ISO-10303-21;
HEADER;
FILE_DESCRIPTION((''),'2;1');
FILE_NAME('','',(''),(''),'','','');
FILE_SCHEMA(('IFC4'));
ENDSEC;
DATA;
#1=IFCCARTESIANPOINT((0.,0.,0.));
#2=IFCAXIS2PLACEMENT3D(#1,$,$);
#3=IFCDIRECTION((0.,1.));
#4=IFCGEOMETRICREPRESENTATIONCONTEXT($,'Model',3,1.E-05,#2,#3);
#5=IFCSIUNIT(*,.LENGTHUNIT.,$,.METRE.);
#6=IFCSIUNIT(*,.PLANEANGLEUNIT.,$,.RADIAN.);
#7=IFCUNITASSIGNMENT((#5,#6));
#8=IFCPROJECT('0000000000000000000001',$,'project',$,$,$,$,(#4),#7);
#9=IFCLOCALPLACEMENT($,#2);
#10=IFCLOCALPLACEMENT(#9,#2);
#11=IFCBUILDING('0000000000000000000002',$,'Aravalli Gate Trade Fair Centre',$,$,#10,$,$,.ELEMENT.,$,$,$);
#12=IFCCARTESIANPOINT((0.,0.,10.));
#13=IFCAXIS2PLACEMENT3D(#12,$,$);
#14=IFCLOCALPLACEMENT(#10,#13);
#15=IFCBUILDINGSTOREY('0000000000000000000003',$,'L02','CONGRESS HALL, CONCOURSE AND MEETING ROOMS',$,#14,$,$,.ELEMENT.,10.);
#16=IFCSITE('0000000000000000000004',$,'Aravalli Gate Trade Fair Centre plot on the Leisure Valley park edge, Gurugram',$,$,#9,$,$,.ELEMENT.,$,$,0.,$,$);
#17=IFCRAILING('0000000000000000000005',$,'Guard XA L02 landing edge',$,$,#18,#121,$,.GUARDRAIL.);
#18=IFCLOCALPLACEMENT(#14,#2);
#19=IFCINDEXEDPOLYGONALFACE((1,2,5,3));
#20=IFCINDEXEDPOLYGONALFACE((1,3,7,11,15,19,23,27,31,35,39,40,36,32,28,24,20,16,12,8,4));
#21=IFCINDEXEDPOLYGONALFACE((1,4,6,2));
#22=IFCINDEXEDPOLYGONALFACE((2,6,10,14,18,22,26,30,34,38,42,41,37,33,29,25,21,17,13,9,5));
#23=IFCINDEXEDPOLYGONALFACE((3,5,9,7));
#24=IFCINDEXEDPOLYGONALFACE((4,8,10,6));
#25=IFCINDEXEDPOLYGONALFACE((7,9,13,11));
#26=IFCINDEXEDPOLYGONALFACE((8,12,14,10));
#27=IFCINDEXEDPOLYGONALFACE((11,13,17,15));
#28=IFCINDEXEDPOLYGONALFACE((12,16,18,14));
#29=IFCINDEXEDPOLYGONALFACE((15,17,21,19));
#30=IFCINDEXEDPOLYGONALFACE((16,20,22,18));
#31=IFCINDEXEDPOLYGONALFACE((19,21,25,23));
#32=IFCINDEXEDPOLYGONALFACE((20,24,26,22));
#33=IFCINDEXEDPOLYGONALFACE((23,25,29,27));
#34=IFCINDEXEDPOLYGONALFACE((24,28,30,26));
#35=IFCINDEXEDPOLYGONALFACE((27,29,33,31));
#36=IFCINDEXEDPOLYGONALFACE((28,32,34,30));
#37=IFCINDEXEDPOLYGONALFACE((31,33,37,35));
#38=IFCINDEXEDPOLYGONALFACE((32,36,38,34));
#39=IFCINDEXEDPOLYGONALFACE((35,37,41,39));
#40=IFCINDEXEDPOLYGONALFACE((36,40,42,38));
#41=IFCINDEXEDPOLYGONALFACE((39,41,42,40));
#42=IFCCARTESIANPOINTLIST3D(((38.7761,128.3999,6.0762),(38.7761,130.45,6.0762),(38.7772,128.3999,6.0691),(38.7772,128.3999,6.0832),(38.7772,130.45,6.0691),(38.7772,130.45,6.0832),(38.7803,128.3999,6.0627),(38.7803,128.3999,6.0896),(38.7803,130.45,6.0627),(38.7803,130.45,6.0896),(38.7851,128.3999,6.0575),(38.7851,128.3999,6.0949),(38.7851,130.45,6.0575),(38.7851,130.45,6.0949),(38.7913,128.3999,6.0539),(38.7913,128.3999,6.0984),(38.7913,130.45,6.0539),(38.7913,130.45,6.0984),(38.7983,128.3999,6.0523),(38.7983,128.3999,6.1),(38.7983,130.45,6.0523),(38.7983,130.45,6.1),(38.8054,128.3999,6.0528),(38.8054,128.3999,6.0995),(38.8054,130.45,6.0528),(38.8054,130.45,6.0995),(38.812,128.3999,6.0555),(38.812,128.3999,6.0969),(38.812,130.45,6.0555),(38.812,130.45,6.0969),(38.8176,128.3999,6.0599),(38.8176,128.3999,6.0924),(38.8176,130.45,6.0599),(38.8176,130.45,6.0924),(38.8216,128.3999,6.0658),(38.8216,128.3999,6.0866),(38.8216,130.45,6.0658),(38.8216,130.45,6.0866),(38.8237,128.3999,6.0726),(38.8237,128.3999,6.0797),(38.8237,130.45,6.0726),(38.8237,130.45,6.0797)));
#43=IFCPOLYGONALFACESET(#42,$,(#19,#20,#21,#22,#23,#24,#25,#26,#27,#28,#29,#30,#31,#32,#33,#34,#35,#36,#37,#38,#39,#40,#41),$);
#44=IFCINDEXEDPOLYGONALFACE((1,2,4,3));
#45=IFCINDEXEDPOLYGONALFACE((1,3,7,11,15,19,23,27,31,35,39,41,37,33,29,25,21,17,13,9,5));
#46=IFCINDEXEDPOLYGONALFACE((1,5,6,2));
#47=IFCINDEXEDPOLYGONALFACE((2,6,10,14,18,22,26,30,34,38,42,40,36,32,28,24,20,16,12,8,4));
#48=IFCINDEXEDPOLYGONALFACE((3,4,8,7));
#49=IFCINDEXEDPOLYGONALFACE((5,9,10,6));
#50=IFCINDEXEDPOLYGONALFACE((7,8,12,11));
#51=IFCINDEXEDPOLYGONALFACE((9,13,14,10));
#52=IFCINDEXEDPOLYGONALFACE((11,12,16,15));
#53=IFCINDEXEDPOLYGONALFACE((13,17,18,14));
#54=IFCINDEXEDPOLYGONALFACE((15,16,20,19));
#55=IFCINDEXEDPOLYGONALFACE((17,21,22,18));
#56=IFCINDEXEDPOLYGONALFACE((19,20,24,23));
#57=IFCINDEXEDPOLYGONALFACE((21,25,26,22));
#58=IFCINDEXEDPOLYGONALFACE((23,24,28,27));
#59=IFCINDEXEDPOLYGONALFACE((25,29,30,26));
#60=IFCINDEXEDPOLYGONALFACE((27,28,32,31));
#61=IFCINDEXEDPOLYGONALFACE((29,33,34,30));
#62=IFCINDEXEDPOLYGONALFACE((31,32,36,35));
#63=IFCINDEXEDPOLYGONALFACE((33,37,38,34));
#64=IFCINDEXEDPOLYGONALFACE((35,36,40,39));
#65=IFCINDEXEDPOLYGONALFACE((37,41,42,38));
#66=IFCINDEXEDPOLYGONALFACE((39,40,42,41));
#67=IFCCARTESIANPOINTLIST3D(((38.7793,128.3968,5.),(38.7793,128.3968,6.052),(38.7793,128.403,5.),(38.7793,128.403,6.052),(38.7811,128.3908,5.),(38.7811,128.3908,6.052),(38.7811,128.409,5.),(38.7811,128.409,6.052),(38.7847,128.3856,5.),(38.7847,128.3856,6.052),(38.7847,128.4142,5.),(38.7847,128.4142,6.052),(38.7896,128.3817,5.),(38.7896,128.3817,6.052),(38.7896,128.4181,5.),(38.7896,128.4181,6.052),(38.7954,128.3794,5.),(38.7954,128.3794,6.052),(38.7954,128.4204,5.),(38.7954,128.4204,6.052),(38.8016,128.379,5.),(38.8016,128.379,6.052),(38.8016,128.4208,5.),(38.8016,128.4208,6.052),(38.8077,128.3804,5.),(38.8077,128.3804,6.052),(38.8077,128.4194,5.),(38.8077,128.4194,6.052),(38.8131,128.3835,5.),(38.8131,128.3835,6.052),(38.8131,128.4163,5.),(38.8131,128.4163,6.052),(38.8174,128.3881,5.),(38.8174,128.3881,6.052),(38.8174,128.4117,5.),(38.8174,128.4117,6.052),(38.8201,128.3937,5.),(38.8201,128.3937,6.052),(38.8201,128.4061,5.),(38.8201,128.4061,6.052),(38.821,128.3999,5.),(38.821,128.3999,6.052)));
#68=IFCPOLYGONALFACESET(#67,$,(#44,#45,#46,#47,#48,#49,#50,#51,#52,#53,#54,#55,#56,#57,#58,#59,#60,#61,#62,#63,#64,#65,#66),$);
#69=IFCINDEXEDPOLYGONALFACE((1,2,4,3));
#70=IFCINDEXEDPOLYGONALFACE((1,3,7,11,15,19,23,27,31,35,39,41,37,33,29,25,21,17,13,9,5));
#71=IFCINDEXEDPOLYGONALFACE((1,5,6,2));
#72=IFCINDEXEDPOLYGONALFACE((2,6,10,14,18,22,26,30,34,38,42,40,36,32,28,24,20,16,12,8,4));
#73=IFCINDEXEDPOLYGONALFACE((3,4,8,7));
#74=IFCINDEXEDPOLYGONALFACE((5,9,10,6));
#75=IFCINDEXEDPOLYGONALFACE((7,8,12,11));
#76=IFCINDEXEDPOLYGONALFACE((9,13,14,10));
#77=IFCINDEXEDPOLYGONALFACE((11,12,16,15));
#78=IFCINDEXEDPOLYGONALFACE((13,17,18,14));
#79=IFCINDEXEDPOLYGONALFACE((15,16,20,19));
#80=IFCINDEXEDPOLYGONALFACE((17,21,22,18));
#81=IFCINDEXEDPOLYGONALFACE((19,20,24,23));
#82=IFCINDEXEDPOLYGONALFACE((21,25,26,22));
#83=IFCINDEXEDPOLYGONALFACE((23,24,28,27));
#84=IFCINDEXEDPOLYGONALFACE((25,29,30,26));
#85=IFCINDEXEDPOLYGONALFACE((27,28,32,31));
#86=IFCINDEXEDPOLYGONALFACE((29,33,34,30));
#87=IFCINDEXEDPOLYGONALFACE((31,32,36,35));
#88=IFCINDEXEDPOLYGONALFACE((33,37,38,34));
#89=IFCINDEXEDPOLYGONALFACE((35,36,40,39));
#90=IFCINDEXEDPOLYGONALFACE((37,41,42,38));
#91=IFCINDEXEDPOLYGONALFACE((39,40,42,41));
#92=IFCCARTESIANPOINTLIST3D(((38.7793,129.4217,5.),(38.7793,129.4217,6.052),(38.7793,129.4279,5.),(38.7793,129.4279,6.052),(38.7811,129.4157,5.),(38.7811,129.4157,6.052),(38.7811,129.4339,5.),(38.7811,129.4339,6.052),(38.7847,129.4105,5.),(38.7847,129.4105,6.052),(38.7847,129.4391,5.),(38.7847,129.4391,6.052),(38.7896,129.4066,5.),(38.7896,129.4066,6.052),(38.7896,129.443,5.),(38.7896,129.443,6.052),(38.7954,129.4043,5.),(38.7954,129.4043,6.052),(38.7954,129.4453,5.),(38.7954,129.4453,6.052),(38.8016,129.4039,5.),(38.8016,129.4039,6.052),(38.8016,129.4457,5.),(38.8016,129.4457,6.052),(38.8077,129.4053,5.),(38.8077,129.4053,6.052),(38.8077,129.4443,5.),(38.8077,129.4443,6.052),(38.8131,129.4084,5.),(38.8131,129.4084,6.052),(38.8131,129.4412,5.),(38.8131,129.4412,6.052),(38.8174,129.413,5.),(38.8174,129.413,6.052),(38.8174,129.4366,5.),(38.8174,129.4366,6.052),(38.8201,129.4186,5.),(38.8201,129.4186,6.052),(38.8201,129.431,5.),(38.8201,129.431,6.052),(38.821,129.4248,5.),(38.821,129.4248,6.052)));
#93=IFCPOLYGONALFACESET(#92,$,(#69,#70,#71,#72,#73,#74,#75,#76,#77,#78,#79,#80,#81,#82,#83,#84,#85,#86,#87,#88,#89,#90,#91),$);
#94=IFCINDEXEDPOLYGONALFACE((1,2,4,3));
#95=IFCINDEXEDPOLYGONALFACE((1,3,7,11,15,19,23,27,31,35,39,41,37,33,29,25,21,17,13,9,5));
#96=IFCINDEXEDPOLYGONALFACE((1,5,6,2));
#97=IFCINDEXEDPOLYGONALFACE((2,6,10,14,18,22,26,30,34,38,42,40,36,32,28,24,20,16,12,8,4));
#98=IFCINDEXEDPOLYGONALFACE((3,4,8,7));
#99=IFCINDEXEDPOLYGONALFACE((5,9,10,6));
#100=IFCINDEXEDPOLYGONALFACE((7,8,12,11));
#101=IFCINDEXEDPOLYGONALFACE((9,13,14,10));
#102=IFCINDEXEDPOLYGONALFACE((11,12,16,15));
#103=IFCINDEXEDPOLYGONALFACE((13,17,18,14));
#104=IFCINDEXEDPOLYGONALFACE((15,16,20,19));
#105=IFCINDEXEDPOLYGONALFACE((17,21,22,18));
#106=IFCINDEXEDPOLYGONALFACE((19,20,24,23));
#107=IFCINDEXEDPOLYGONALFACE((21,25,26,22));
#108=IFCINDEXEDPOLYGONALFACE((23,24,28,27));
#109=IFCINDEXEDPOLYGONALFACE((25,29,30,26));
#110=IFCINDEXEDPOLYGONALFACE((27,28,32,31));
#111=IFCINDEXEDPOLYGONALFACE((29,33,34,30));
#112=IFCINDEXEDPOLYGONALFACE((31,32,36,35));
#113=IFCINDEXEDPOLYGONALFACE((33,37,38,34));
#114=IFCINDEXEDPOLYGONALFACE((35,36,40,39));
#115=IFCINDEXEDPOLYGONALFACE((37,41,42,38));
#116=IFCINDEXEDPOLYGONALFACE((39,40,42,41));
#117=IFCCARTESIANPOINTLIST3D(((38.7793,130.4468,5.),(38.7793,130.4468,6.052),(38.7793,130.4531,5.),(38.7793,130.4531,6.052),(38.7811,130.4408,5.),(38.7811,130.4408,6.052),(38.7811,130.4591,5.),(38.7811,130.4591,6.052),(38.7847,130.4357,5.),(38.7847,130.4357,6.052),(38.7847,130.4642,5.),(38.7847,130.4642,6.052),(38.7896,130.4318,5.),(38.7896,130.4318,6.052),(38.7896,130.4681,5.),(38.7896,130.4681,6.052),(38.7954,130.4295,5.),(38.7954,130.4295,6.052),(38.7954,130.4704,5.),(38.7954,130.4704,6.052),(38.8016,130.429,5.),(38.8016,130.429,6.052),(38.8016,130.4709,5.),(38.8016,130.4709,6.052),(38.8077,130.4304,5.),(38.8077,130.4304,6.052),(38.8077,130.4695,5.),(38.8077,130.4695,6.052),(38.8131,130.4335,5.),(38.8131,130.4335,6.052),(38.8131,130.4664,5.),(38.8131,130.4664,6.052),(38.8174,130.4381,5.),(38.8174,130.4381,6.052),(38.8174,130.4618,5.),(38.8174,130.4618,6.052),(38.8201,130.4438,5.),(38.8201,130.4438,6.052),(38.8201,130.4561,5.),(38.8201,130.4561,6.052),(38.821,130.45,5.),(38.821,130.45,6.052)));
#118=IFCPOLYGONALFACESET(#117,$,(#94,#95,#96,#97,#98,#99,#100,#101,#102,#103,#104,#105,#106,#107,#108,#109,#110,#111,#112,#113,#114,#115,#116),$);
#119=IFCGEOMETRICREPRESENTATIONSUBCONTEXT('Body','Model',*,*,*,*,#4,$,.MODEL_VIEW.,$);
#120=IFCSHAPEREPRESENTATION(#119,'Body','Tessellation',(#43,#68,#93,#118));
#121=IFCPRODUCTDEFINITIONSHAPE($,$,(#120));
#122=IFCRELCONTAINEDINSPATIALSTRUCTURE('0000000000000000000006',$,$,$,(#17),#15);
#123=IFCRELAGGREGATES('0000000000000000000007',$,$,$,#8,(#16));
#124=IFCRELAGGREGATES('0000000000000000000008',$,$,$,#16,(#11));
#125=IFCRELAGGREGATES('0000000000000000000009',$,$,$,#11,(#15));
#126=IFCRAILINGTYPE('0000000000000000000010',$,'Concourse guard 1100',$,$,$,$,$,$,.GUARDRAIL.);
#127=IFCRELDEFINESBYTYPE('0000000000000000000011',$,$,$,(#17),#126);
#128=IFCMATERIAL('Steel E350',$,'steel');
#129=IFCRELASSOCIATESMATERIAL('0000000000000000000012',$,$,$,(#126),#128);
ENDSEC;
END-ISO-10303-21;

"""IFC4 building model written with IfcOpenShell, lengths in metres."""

from ifc_helpers import new_model, si_unit, direction, frame, origin, origin_2d, place, context, subcontext, project, spatial, circle, extrude, material, type_object, element, save


model = new_model("IFC4")

# Units and contexts
model_context = context("Model", 3, precision=1e-05, world=origin(), true_north=direction((0.0, 1.0)))
body_context = subcontext(model_context, "Body", "Model", "MODEL_VIEW")
ifc_project = project(units=[si_unit("LENGTHUNIT", "METRE"), si_unit("PLANEANGLEUNIT", "RADIAN")], contexts=[model_context])

# Site, building, storey
site_placement = place(None, origin())
site = spatial("IfcSite", under=ifc_project, at=site_placement, Name="Aravalli Gate Trade Fair Centre plot on the Leisure Valley park edge, Gurugram", CompositionType="ELEMENT", RefElevation=0.0)
building_placement = place(site_placement, origin())
building = spatial("IfcBuilding", under=site, at=building_placement, Name="Aravalli Gate Trade Fair Centre", CompositionType="ELEMENT")
storey_placement = place(building_placement, frame((0.0, 0.0, 10.0)))
storey = spatial("IfcBuildingStorey", under=building, at=storey_placement, Name="L02", Description="CONGRESS HALL, CONCOURSE AND MEETING ROOMS", CompositionType="ELEMENT", Elevation=10.0)

# Shared definitions
ifc_material_1 = material(Name="Steel E350", Category="steel")

# Railing
railing_type_1 = type_object("IfcRailingType", Name="Concourse guard 1100", PredefinedType="GUARDRAIL", material=ifc_material_1)
railing_1_placement = place(storey_placement, frame((38.8, 128.3999, 5.0)))
element("IfcRailing", 1, at=railing_1_placement, inside=storey, type_object=railing_type_1, Name="Guard XA L02 landing edge", PredefinedType="GUARDRAIL", context=body_context, shape_type="SweptSolid", body=[
    extrude(circle(Radius=0.0239, at=origin_2d()), frame((0.0, 0.0, 1.0762), z_axis=(0.0, 1.0, 0.0), x_axis=(-1.0, 0.0, 0.0)), (0.0, 0.0, 1.0), 2.05),
    extrude(circle(Radius=0.021, at=origin_2d()), origin(), (0.0, 0.0, 1.0), 1.052),
    extrude(circle(Radius=0.021, at=origin_2d()), frame((0.0, 1.0249, 0.0)), (0.0, 0.0, 1.0), 1.052),
    extrude(circle(Radius=0.021, at=origin_2d()), frame((0.0, 2.05, 0.0)), (0.0, 0.0, 1.0), 1.052),
])

save(model, "model.ifc")
